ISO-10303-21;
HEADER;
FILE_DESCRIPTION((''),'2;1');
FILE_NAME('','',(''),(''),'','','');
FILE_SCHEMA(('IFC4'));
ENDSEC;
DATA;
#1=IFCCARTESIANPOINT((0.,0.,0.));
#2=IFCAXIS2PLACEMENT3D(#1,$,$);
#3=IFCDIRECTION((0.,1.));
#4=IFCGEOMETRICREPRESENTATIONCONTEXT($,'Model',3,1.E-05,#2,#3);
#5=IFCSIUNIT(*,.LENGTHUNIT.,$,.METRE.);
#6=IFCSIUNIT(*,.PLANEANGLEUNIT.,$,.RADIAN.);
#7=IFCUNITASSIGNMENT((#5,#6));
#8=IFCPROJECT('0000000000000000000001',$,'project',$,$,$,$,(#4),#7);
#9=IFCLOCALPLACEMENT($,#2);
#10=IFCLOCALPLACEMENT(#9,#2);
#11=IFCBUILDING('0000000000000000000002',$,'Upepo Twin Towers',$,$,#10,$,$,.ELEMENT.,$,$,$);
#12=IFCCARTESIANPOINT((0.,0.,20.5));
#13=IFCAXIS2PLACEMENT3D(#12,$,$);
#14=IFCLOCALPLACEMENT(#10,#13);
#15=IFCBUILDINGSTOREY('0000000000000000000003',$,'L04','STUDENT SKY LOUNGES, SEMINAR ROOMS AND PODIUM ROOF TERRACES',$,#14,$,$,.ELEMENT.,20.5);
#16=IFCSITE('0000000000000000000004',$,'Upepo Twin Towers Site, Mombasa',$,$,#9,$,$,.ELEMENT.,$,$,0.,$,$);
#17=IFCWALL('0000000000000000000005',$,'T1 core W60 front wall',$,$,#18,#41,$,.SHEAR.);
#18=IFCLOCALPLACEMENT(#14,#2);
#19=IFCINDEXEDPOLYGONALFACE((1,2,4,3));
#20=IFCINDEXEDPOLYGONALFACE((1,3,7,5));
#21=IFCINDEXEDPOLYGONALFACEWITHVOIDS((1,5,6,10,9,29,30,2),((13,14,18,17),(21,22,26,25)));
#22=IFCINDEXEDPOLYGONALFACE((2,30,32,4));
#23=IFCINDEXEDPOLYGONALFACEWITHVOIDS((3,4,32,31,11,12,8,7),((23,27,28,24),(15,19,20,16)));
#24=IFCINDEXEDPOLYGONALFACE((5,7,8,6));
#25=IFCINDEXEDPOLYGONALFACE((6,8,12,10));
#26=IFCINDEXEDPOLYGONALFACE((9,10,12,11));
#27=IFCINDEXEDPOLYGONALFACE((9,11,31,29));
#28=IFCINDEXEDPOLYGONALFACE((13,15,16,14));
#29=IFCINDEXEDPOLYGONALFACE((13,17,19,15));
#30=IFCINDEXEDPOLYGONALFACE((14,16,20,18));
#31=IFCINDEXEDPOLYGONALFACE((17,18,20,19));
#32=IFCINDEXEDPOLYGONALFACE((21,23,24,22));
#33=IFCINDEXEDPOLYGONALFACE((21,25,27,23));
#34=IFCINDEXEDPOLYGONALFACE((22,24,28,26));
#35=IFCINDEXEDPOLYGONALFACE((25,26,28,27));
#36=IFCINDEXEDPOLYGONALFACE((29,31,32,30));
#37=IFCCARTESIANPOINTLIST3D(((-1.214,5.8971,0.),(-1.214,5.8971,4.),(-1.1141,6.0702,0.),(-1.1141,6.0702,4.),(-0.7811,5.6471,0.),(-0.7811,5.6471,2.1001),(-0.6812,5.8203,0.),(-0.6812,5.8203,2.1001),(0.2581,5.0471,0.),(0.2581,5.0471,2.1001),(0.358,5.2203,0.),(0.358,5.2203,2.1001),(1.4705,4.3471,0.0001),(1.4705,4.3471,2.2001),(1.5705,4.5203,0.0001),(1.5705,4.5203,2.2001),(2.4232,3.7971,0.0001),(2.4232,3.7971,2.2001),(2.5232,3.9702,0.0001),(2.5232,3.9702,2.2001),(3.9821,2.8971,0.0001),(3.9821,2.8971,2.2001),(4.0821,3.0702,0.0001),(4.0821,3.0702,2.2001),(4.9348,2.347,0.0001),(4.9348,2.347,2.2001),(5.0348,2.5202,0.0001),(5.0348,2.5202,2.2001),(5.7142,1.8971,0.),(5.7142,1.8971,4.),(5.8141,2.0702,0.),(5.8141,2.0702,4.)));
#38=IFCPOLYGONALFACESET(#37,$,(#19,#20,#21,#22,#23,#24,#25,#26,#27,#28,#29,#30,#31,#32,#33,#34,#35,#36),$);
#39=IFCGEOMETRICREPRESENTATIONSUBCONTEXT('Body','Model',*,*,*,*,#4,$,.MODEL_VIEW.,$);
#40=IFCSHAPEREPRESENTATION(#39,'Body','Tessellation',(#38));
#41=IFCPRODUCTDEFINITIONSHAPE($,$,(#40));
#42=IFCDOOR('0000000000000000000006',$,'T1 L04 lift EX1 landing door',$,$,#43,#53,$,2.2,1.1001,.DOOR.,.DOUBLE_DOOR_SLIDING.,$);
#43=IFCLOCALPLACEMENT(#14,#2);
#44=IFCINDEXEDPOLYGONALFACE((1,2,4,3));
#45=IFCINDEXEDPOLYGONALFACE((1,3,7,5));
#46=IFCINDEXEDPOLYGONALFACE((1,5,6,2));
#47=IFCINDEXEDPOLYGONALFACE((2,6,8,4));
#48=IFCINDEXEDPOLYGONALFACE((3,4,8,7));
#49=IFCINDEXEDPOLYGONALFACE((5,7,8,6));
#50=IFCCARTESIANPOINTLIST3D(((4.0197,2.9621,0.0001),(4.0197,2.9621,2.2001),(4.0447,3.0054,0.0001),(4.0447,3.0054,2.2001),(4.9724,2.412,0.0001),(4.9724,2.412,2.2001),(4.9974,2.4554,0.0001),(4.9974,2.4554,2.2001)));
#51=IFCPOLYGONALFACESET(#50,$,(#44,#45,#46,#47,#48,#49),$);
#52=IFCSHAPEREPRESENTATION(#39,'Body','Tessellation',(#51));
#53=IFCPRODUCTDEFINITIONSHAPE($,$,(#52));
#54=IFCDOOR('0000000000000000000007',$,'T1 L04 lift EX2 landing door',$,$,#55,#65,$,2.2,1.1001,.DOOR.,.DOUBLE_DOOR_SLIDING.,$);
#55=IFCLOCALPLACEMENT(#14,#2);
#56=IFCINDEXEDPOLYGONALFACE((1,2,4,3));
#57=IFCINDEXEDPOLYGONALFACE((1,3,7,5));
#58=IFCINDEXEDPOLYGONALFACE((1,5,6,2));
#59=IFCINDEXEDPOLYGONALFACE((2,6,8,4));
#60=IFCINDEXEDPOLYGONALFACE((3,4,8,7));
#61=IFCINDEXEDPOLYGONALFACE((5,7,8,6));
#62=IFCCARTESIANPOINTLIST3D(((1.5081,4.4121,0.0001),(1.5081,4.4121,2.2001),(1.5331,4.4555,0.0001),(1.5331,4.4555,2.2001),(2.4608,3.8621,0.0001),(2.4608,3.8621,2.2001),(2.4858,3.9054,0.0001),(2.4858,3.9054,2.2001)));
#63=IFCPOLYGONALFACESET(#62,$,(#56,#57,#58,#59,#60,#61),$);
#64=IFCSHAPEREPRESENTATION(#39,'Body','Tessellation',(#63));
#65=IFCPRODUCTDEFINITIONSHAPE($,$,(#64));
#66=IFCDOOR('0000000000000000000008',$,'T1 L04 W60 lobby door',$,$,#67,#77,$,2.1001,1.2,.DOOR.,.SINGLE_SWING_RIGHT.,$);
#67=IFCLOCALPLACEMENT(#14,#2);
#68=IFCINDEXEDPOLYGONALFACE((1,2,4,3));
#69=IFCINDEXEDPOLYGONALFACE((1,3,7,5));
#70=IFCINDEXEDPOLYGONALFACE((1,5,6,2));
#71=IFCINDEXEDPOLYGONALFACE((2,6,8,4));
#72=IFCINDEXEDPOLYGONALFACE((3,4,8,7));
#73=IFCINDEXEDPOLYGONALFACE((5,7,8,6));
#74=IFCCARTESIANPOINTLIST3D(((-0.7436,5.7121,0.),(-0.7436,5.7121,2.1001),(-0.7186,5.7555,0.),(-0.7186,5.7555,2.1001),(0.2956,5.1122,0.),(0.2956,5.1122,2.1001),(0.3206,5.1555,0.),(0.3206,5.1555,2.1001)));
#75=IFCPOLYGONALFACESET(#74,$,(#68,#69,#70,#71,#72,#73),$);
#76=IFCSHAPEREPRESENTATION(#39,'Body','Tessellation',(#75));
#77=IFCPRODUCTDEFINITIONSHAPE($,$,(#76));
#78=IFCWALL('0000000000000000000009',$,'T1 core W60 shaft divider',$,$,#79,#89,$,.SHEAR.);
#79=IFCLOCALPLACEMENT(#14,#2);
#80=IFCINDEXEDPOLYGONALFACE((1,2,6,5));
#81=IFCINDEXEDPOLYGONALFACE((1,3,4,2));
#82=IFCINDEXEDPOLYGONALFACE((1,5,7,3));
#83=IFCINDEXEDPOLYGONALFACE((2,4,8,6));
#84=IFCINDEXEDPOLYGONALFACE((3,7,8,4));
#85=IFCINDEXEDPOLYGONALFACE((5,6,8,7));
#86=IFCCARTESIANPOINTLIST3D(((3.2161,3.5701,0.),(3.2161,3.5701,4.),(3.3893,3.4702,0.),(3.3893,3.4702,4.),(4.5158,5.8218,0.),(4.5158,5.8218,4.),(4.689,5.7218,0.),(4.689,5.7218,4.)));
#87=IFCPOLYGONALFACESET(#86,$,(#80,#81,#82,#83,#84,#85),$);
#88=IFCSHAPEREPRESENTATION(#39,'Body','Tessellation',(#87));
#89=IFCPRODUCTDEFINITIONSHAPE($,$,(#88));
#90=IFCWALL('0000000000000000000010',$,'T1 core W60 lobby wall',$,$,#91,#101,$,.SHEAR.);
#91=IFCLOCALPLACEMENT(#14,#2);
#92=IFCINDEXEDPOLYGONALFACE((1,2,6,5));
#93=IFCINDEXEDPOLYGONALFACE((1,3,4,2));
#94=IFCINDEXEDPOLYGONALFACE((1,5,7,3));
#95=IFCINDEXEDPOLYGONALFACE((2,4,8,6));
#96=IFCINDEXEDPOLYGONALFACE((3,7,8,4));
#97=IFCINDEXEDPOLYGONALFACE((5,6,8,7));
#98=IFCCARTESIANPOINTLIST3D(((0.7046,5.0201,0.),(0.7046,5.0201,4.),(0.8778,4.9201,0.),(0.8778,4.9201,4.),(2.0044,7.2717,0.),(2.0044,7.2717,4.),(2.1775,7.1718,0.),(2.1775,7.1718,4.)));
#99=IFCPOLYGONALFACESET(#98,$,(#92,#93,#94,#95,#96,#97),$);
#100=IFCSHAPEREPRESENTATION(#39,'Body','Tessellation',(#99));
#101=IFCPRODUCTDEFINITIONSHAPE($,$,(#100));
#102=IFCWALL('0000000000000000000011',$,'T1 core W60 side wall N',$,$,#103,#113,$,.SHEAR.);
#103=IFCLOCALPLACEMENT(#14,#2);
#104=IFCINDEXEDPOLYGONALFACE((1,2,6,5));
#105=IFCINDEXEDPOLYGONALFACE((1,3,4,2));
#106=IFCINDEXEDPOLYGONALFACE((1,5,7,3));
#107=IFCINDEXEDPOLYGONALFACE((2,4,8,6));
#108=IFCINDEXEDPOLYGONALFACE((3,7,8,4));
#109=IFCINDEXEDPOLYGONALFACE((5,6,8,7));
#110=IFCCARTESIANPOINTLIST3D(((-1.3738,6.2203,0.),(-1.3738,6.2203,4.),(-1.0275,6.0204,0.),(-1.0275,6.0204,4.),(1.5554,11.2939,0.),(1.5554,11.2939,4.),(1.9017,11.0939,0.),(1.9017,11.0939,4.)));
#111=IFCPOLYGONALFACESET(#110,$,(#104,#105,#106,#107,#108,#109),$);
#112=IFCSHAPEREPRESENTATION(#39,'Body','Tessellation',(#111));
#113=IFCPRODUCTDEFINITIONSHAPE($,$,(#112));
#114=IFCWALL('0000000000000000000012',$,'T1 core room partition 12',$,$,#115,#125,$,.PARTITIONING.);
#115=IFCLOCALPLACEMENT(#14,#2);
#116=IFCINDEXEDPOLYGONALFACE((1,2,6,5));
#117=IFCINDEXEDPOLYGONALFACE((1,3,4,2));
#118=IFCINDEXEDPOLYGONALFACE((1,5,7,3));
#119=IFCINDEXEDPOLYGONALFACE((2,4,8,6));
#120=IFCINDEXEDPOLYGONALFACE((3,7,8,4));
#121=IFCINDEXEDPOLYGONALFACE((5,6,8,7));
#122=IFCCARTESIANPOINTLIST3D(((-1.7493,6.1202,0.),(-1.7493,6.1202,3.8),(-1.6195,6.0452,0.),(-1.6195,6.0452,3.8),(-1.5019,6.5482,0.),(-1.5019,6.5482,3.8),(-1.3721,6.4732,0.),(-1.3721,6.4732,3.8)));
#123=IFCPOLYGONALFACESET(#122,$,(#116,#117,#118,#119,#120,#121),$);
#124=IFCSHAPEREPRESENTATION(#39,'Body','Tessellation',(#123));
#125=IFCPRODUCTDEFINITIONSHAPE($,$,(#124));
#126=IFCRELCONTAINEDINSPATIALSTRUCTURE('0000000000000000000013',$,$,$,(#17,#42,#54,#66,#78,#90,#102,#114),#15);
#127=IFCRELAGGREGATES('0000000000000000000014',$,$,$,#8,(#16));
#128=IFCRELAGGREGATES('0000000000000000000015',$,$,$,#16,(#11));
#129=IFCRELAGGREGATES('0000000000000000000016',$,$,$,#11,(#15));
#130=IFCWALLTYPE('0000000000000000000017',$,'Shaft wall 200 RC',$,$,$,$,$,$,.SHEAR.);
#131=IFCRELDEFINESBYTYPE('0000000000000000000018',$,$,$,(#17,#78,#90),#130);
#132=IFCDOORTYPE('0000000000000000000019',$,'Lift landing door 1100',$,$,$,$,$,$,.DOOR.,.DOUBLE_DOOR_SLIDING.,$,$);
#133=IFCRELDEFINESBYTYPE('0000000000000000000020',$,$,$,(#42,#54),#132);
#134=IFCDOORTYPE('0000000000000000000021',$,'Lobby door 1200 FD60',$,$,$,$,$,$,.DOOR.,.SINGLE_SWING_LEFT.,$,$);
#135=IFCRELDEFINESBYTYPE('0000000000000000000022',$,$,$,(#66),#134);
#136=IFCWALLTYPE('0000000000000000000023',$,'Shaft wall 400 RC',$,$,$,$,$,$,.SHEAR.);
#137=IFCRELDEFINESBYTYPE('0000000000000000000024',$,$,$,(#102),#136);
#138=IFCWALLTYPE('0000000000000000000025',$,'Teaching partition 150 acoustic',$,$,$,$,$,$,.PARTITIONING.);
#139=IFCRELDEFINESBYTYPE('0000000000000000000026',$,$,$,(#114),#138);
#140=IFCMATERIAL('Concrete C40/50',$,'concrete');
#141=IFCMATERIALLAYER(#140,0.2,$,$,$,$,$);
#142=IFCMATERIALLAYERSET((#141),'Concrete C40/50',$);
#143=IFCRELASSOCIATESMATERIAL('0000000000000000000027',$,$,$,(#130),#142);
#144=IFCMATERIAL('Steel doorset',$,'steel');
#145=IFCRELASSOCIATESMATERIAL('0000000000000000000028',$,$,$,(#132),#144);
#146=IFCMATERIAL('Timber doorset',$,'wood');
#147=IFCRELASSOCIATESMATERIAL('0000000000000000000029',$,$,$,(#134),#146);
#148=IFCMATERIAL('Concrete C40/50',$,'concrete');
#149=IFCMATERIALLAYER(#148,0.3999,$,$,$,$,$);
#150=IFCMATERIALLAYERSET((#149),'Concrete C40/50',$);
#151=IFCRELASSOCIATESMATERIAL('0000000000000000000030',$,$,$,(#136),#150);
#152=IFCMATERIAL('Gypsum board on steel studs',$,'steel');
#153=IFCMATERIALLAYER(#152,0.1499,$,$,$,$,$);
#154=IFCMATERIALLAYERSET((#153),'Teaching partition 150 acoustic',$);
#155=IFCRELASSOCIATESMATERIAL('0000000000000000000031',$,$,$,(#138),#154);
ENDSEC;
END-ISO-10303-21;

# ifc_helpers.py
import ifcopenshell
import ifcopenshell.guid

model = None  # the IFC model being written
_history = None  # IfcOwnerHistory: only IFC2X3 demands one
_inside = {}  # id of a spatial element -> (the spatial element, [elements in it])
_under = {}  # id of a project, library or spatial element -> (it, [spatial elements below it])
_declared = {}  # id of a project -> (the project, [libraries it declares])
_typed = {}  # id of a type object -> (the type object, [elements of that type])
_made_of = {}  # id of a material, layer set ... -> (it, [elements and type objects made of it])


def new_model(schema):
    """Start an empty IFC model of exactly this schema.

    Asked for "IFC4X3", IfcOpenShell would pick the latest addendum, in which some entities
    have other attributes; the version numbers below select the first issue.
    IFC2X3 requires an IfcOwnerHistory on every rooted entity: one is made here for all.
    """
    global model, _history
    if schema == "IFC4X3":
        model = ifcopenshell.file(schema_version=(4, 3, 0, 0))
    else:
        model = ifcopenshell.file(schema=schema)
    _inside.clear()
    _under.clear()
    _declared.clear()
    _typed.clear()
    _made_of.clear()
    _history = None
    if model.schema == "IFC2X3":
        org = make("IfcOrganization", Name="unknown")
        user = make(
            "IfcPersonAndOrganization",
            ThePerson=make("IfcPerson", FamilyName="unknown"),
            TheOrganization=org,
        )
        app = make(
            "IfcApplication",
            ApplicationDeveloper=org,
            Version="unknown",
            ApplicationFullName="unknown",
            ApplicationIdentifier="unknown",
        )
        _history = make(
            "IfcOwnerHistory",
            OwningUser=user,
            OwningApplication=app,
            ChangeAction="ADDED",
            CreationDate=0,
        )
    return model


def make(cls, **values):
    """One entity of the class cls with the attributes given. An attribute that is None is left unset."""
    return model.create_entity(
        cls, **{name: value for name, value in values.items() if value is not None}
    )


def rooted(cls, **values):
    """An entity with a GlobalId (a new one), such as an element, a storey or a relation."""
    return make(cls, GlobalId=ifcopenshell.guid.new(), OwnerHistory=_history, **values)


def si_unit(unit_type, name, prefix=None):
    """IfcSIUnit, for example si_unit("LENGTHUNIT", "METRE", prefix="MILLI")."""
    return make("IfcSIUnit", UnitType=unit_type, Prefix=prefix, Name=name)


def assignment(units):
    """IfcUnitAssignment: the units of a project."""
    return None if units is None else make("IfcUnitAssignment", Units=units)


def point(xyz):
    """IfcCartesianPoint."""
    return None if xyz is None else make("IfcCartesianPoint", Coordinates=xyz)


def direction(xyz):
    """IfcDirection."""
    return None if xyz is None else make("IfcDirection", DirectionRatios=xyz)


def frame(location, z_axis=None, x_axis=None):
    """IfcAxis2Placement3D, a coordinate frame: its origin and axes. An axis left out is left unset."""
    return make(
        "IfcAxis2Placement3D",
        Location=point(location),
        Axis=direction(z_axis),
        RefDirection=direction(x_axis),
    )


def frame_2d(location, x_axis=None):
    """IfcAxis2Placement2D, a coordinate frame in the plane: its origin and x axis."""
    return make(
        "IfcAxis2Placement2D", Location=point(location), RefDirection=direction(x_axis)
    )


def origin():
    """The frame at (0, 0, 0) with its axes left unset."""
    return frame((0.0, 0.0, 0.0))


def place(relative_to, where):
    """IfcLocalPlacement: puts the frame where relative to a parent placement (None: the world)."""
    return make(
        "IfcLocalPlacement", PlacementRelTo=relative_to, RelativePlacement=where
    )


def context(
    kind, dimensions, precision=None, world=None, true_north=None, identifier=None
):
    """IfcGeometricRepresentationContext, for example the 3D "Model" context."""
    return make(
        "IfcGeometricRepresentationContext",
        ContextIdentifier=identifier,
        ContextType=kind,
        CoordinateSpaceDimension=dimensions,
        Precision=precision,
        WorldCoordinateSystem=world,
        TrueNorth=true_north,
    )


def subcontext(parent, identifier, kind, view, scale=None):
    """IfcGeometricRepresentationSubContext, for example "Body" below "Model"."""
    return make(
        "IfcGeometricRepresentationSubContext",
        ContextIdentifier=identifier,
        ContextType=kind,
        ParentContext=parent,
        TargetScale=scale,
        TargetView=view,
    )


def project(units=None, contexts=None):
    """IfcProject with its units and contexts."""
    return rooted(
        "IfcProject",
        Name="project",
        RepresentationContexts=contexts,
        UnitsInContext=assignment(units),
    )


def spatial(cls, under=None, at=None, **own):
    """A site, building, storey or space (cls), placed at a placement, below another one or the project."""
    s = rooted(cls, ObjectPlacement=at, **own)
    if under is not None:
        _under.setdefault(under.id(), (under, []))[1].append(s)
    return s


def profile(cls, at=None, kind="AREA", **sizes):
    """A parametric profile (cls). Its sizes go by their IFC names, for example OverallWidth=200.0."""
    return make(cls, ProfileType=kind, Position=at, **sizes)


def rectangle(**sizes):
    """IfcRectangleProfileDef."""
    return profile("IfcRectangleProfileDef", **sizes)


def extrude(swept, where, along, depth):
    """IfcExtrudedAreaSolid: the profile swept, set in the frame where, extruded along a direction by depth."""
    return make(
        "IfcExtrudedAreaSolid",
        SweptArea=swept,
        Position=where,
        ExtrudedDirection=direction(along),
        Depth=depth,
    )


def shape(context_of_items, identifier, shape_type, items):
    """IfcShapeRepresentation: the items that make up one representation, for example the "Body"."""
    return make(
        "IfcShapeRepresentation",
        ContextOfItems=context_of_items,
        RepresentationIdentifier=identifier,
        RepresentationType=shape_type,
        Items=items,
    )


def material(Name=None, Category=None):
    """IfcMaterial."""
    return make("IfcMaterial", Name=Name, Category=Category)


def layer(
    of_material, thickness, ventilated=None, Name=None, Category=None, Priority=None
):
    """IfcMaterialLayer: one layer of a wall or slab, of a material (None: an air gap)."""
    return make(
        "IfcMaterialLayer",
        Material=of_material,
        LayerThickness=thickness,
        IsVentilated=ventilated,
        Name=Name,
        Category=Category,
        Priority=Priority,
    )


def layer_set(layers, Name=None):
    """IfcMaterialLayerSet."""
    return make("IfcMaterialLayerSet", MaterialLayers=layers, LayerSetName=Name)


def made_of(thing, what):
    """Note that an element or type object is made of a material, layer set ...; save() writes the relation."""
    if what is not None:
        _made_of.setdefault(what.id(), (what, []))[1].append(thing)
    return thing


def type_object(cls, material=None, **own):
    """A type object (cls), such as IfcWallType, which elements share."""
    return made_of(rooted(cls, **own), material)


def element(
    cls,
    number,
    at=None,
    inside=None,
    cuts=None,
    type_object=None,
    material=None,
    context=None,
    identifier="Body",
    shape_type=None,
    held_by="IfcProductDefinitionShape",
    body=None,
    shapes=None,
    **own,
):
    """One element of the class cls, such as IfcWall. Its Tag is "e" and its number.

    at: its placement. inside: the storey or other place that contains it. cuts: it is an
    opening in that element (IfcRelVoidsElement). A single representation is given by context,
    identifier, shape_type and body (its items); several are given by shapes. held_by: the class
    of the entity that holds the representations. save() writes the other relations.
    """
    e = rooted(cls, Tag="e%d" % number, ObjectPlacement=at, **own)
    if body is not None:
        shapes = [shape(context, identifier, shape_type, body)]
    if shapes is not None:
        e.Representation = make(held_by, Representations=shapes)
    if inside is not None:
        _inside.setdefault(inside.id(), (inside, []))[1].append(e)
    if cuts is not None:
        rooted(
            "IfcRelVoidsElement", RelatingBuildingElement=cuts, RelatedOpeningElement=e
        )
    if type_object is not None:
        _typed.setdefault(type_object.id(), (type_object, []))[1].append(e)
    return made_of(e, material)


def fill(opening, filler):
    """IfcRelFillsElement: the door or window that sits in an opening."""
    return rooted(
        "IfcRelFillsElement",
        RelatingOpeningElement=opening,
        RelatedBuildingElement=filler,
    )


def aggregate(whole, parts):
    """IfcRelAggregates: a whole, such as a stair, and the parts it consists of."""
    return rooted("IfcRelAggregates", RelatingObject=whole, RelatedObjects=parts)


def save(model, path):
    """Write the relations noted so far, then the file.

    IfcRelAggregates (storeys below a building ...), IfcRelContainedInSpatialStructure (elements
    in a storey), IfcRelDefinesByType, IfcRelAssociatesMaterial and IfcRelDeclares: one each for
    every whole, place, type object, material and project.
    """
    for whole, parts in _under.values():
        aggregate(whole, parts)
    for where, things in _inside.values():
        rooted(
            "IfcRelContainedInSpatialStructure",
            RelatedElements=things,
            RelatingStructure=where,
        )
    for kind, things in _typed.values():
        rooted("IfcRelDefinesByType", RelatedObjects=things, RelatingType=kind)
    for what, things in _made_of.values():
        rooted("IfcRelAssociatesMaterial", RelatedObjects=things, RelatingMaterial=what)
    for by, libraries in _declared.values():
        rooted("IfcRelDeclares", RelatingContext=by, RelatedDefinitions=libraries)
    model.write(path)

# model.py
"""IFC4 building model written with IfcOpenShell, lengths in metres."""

from ifc_helpers import new_model, si_unit, direction, frame, frame_2d, origin, place, context, subcontext, project, spatial, rectangle, extrude, material, layer, layer_set, type_object, element, fill, save


model = new_model("IFC4")

# Units and contexts
model_context = context("Model", 3, precision=1e-05, world=origin(), true_north=direction((0.0, 1.0)))
body_context = subcontext(model_context, "Body", "Model", "MODEL_VIEW")
ifc_project = project(units=[si_unit("LENGTHUNIT", "METRE"), si_unit("PLANEANGLEUNIT", "RADIAN")], contexts=[model_context])

# Site, building, storey
site_placement = place(None, origin())
site = spatial("IfcSite", under=ifc_project, at=site_placement, Name="Upepo Twin Towers Site, Mombasa", CompositionType="ELEMENT", RefElevation=0.0)
building_placement = place(site_placement, origin())
building = spatial("IfcBuilding", under=site, at=building_placement, Name="Upepo Twin Towers", CompositionType="ELEMENT")
storey_placement = place(building_placement, frame((0.0, 0.0, 20.5)))
storey = spatial("IfcBuildingStorey", under=building, at=storey_placement, Name="L04", Description="STUDENT SKY LOUNGES, SEMINAR ROOMS AND PODIUM ROOF TERRACES", CompositionType="ELEMENT", Elevation=20.5)

# Wall, openings, doors
ifc_material_1 = material(Name="Concrete C40/50", Category="concrete")
ifc_layer_1 = layer(ifc_material_1, 0.2)
ifc_layer_set_1 = layer_set([ifc_layer_1], Name="Concrete C40/50")
wall_type_1 = type_object("IfcWallType", Name="Shaft wall 200 RC", PredefinedType="SHEAR", material=ifc_layer_set_1)
wall_1_placement = place(storey_placement, frame((5.7642, 1.9836, 0.0), z_axis=(0.0, 0.0, 1.0), x_axis=(-0.866026, 0.499999, 0.0)))
wall_1 = element("IfcWall", 1, at=wall_1_placement, inside=storey, type_object=wall_type_1, Name="T1 core W60 front wall", PredefinedType="SHEAR", context=body_context, shape_type="SweptSolid", body=[
    extrude(rectangle(XDim=8.0, YDim=0.2, at=frame_2d((4.0, 0.0))), origin(), (0.0, 0.0, 1.0), 4.0),
])
opening_1_placement = place(wall_1_placement, frame((6.3, 0.0, 0.0)))
opening_1 = element("IfcOpeningElement", 2, at=opening_1_placement, cuts=wall_1, PredefinedType="OPENING", context=body_context, shape_type="SweptSolid", body=[
    extrude(rectangle(XDim=1.2, YDim=2.1001, at=frame_2d((0.6001, 1.05))), frame((0.0, 0.1099, 0.0), z_axis=(0.0, -1.0, 0.0), x_axis=(1.0, 0.0, 0.0)), (0.0, 0.0, 1.0), 0.22),
])
opening_2_placement = place(wall_1_placement, frame((0.8999, 0.0, 0.0)))
opening_2 = element("IfcOpeningElement", 3, at=opening_2_placement, cuts=wall_1, PredefinedType="OPENING", context=body_context, shape_type="SweptSolid", body=[
    extrude(rectangle(XDim=1.1001, YDim=2.2, at=frame_2d((0.55, 1.1001))), frame((0.0, 0.1099, 0.0), z_axis=(0.0, -1.0, 0.0), x_axis=(1.0, 0.0, 0.0)), (0.0, 0.0, 1.0), 0.22),
])
opening_3_placement = place(wall_1_placement, frame((3.8, 0.0, 0.0)))
opening_3 = element("IfcOpeningElement", 4, at=opening_3_placement, cuts=wall_1, PredefinedType="OPENING", context=body_context, shape_type="SweptSolid", body=[
    extrude(rectangle(XDim=1.1001, YDim=2.2, at=frame_2d((0.55, 1.1001))), frame((0.0, 0.1099, 0.0), z_axis=(0.0, -1.0, 0.0), x_axis=(1.0, 0.0, 0.0)), (0.0, 0.0, 1.0), 0.22),
])
ifc_material_2 = material(Name="Steel doorset", Category="steel")
door_type_1 = type_object("IfcDoorType", Name="Lift landing door 1100", OperationType="DOUBLE_DOOR_SLIDING", PredefinedType="DOOR", material=ifc_material_2)
door_1_placement = place(opening_2_placement, origin())
door_1 = element("IfcDoor", 5, at=door_1_placement, inside=storey, type_object=door_type_1, Name="T1 L04 lift EX1 landing door", OperationType="DOUBLE_DOOR_SLIDING", OverallHeight=2.2, OverallWidth=1.1001, PredefinedType="DOOR", context=body_context, shape_type="SweptSolid", body=[
    extrude(rectangle(XDim=1.1001, YDim=2.2, at=frame_2d((0.55, 1.1001))), frame((0.0, 0.0249, 0.0), z_axis=(0.0, -1.0, 0.0), x_axis=(1.0, 0.0, 0.0)), (0.0, 0.0, 1.0), 0.05),
])
fill(opening_2, door_1)
door_2_placement = place(opening_3_placement, origin())
door_2 = element("IfcDoor", 6, at=door_2_placement, inside=storey, type_object=door_type_1, Name="T1 L04 lift EX2 landing door", OperationType="DOUBLE_DOOR_SLIDING", OverallHeight=2.2, OverallWidth=1.1001, PredefinedType="DOOR", context=body_context, shape_type="SweptSolid", body=[
    extrude(rectangle(XDim=1.1001, YDim=2.2, at=frame_2d((0.55, 1.1001))), frame((0.0, 0.0249, 0.0), z_axis=(0.0, -1.0, 0.0), x_axis=(1.0, 0.0, 0.0)), (0.0, 0.0, 1.0), 0.05),
])
fill(opening_3, door_2)
ifc_material_3 = material(Name="Timber doorset", Category="wood")
door_type_2 = type_object("IfcDoorType", Name="Lobby door 1200 FD60", OperationType="SINGLE_SWING_LEFT", PredefinedType="DOOR", material=ifc_material_3)
door_3_placement = place(opening_1_placement, origin())
door_3 = element("IfcDoor", 7, at=door_3_placement, inside=storey, type_object=door_type_2, Name="T1 L04 W60 lobby door", OperationType="SINGLE_SWING_RIGHT", OverallHeight=2.1001, OverallWidth=1.2, PredefinedType="DOOR", context=body_context, shape_type="SweptSolid", body=[
    extrude(rectangle(XDim=1.2, YDim=2.1001, at=frame_2d((0.6001, 1.05))), frame((0.0, 0.0249, 0.0), z_axis=(0.0, -1.0, 0.0), x_axis=(1.0, 0.0, 0.0)), (0.0, 0.0, 1.0), 0.05),
])
fill(opening_1, door_3)

# Walls
for number, where, z_axis, x_axis, name in (
    (8, (3.3027, 3.5203, 0.0), (0.0, 0.0, 1.0), (0.499937, 0.866062, 0.0), "T1 core W60 shaft divider"),
    (9, (0.7913, 4.9702, 0.0), (0.0, 0.0, 1.0), (0.499937, 0.866062, 0.0), "T1 core W60 lobby wall"),
):
    element("IfcWall", number, at=place(storey_placement, frame(where, z_axis=z_axis, x_axis=x_axis)), inside=storey, type_object=wall_type_1, Name=name, PredefinedType="SHEAR", context=body_context, shape_type="SweptSolid", body=[
        extrude(rectangle(XDim=2.5999, YDim=0.2, at=frame_2d((1.2998, 0.0))), origin(), (0.0, 0.0, 1.0), 4.0),
    ])
ifc_material_4 = material(Name="Concrete C40/50", Category="concrete")
ifc_layer_2 = layer(ifc_material_4, 0.3999)
ifc_layer_set_2 = layer_set([ifc_layer_2], Name="Concrete C40/50")
wall_type_2 = type_object("IfcWallType", Name="Shaft wall 400 RC", PredefinedType="SHEAR", material=ifc_layer_set_2)
wall_2_placement = place(storey_placement, frame((-1.2007, 6.1204, 0.0), z_axis=(0.0, 0.0, 1.0), x_axis=(0.500003, 0.866024, 0.0)))
element("IfcWall", 10, at=wall_2_placement, inside=storey, type_object=wall_type_2, Name="T1 core W60 side wall N", PredefinedType="SHEAR", context=body_context, shape_type="SweptSolid", body=[
    extrude(rectangle(XDim=5.8584, YDim=0.3999, at=frame_2d((2.9292, 0.0))), origin(), (0.0, 0.0, 1.0), 4.0),
])
ifc_material_5 = material(Name="Gypsum board on steel studs", Category="steel")
ifc_layer_3 = layer(ifc_material_5, 0.1499)
ifc_layer_set_3 = layer_set([ifc_layer_3], Name="Teaching partition 150 acoustic")
wall_type_3 = type_object("IfcWallType", Name="Teaching partition 150 acoustic", PredefinedType="PARTITIONING", material=ifc_layer_set_3)
wall_3_placement = place(storey_placement, frame((-1.6843, 6.0828, 0.0), z_axis=(0.0, 0.0, 1.0), x_axis=(0.500335, 0.865832, 0.0)))
element("IfcWall", 11, at=wall_3_placement, inside=storey, type_object=wall_type_3, Name="T1 core room partition 12", PredefinedType="PARTITIONING", context=body_context, shape_type="SweptSolid", body=[
    extrude(rectangle(XDim=0.4944, YDim=0.1499, at=frame_2d((0.2471, 0.0))), origin(), (0.0, 0.0, 1.0), 3.8),
])

save(model, "model.ifc")
